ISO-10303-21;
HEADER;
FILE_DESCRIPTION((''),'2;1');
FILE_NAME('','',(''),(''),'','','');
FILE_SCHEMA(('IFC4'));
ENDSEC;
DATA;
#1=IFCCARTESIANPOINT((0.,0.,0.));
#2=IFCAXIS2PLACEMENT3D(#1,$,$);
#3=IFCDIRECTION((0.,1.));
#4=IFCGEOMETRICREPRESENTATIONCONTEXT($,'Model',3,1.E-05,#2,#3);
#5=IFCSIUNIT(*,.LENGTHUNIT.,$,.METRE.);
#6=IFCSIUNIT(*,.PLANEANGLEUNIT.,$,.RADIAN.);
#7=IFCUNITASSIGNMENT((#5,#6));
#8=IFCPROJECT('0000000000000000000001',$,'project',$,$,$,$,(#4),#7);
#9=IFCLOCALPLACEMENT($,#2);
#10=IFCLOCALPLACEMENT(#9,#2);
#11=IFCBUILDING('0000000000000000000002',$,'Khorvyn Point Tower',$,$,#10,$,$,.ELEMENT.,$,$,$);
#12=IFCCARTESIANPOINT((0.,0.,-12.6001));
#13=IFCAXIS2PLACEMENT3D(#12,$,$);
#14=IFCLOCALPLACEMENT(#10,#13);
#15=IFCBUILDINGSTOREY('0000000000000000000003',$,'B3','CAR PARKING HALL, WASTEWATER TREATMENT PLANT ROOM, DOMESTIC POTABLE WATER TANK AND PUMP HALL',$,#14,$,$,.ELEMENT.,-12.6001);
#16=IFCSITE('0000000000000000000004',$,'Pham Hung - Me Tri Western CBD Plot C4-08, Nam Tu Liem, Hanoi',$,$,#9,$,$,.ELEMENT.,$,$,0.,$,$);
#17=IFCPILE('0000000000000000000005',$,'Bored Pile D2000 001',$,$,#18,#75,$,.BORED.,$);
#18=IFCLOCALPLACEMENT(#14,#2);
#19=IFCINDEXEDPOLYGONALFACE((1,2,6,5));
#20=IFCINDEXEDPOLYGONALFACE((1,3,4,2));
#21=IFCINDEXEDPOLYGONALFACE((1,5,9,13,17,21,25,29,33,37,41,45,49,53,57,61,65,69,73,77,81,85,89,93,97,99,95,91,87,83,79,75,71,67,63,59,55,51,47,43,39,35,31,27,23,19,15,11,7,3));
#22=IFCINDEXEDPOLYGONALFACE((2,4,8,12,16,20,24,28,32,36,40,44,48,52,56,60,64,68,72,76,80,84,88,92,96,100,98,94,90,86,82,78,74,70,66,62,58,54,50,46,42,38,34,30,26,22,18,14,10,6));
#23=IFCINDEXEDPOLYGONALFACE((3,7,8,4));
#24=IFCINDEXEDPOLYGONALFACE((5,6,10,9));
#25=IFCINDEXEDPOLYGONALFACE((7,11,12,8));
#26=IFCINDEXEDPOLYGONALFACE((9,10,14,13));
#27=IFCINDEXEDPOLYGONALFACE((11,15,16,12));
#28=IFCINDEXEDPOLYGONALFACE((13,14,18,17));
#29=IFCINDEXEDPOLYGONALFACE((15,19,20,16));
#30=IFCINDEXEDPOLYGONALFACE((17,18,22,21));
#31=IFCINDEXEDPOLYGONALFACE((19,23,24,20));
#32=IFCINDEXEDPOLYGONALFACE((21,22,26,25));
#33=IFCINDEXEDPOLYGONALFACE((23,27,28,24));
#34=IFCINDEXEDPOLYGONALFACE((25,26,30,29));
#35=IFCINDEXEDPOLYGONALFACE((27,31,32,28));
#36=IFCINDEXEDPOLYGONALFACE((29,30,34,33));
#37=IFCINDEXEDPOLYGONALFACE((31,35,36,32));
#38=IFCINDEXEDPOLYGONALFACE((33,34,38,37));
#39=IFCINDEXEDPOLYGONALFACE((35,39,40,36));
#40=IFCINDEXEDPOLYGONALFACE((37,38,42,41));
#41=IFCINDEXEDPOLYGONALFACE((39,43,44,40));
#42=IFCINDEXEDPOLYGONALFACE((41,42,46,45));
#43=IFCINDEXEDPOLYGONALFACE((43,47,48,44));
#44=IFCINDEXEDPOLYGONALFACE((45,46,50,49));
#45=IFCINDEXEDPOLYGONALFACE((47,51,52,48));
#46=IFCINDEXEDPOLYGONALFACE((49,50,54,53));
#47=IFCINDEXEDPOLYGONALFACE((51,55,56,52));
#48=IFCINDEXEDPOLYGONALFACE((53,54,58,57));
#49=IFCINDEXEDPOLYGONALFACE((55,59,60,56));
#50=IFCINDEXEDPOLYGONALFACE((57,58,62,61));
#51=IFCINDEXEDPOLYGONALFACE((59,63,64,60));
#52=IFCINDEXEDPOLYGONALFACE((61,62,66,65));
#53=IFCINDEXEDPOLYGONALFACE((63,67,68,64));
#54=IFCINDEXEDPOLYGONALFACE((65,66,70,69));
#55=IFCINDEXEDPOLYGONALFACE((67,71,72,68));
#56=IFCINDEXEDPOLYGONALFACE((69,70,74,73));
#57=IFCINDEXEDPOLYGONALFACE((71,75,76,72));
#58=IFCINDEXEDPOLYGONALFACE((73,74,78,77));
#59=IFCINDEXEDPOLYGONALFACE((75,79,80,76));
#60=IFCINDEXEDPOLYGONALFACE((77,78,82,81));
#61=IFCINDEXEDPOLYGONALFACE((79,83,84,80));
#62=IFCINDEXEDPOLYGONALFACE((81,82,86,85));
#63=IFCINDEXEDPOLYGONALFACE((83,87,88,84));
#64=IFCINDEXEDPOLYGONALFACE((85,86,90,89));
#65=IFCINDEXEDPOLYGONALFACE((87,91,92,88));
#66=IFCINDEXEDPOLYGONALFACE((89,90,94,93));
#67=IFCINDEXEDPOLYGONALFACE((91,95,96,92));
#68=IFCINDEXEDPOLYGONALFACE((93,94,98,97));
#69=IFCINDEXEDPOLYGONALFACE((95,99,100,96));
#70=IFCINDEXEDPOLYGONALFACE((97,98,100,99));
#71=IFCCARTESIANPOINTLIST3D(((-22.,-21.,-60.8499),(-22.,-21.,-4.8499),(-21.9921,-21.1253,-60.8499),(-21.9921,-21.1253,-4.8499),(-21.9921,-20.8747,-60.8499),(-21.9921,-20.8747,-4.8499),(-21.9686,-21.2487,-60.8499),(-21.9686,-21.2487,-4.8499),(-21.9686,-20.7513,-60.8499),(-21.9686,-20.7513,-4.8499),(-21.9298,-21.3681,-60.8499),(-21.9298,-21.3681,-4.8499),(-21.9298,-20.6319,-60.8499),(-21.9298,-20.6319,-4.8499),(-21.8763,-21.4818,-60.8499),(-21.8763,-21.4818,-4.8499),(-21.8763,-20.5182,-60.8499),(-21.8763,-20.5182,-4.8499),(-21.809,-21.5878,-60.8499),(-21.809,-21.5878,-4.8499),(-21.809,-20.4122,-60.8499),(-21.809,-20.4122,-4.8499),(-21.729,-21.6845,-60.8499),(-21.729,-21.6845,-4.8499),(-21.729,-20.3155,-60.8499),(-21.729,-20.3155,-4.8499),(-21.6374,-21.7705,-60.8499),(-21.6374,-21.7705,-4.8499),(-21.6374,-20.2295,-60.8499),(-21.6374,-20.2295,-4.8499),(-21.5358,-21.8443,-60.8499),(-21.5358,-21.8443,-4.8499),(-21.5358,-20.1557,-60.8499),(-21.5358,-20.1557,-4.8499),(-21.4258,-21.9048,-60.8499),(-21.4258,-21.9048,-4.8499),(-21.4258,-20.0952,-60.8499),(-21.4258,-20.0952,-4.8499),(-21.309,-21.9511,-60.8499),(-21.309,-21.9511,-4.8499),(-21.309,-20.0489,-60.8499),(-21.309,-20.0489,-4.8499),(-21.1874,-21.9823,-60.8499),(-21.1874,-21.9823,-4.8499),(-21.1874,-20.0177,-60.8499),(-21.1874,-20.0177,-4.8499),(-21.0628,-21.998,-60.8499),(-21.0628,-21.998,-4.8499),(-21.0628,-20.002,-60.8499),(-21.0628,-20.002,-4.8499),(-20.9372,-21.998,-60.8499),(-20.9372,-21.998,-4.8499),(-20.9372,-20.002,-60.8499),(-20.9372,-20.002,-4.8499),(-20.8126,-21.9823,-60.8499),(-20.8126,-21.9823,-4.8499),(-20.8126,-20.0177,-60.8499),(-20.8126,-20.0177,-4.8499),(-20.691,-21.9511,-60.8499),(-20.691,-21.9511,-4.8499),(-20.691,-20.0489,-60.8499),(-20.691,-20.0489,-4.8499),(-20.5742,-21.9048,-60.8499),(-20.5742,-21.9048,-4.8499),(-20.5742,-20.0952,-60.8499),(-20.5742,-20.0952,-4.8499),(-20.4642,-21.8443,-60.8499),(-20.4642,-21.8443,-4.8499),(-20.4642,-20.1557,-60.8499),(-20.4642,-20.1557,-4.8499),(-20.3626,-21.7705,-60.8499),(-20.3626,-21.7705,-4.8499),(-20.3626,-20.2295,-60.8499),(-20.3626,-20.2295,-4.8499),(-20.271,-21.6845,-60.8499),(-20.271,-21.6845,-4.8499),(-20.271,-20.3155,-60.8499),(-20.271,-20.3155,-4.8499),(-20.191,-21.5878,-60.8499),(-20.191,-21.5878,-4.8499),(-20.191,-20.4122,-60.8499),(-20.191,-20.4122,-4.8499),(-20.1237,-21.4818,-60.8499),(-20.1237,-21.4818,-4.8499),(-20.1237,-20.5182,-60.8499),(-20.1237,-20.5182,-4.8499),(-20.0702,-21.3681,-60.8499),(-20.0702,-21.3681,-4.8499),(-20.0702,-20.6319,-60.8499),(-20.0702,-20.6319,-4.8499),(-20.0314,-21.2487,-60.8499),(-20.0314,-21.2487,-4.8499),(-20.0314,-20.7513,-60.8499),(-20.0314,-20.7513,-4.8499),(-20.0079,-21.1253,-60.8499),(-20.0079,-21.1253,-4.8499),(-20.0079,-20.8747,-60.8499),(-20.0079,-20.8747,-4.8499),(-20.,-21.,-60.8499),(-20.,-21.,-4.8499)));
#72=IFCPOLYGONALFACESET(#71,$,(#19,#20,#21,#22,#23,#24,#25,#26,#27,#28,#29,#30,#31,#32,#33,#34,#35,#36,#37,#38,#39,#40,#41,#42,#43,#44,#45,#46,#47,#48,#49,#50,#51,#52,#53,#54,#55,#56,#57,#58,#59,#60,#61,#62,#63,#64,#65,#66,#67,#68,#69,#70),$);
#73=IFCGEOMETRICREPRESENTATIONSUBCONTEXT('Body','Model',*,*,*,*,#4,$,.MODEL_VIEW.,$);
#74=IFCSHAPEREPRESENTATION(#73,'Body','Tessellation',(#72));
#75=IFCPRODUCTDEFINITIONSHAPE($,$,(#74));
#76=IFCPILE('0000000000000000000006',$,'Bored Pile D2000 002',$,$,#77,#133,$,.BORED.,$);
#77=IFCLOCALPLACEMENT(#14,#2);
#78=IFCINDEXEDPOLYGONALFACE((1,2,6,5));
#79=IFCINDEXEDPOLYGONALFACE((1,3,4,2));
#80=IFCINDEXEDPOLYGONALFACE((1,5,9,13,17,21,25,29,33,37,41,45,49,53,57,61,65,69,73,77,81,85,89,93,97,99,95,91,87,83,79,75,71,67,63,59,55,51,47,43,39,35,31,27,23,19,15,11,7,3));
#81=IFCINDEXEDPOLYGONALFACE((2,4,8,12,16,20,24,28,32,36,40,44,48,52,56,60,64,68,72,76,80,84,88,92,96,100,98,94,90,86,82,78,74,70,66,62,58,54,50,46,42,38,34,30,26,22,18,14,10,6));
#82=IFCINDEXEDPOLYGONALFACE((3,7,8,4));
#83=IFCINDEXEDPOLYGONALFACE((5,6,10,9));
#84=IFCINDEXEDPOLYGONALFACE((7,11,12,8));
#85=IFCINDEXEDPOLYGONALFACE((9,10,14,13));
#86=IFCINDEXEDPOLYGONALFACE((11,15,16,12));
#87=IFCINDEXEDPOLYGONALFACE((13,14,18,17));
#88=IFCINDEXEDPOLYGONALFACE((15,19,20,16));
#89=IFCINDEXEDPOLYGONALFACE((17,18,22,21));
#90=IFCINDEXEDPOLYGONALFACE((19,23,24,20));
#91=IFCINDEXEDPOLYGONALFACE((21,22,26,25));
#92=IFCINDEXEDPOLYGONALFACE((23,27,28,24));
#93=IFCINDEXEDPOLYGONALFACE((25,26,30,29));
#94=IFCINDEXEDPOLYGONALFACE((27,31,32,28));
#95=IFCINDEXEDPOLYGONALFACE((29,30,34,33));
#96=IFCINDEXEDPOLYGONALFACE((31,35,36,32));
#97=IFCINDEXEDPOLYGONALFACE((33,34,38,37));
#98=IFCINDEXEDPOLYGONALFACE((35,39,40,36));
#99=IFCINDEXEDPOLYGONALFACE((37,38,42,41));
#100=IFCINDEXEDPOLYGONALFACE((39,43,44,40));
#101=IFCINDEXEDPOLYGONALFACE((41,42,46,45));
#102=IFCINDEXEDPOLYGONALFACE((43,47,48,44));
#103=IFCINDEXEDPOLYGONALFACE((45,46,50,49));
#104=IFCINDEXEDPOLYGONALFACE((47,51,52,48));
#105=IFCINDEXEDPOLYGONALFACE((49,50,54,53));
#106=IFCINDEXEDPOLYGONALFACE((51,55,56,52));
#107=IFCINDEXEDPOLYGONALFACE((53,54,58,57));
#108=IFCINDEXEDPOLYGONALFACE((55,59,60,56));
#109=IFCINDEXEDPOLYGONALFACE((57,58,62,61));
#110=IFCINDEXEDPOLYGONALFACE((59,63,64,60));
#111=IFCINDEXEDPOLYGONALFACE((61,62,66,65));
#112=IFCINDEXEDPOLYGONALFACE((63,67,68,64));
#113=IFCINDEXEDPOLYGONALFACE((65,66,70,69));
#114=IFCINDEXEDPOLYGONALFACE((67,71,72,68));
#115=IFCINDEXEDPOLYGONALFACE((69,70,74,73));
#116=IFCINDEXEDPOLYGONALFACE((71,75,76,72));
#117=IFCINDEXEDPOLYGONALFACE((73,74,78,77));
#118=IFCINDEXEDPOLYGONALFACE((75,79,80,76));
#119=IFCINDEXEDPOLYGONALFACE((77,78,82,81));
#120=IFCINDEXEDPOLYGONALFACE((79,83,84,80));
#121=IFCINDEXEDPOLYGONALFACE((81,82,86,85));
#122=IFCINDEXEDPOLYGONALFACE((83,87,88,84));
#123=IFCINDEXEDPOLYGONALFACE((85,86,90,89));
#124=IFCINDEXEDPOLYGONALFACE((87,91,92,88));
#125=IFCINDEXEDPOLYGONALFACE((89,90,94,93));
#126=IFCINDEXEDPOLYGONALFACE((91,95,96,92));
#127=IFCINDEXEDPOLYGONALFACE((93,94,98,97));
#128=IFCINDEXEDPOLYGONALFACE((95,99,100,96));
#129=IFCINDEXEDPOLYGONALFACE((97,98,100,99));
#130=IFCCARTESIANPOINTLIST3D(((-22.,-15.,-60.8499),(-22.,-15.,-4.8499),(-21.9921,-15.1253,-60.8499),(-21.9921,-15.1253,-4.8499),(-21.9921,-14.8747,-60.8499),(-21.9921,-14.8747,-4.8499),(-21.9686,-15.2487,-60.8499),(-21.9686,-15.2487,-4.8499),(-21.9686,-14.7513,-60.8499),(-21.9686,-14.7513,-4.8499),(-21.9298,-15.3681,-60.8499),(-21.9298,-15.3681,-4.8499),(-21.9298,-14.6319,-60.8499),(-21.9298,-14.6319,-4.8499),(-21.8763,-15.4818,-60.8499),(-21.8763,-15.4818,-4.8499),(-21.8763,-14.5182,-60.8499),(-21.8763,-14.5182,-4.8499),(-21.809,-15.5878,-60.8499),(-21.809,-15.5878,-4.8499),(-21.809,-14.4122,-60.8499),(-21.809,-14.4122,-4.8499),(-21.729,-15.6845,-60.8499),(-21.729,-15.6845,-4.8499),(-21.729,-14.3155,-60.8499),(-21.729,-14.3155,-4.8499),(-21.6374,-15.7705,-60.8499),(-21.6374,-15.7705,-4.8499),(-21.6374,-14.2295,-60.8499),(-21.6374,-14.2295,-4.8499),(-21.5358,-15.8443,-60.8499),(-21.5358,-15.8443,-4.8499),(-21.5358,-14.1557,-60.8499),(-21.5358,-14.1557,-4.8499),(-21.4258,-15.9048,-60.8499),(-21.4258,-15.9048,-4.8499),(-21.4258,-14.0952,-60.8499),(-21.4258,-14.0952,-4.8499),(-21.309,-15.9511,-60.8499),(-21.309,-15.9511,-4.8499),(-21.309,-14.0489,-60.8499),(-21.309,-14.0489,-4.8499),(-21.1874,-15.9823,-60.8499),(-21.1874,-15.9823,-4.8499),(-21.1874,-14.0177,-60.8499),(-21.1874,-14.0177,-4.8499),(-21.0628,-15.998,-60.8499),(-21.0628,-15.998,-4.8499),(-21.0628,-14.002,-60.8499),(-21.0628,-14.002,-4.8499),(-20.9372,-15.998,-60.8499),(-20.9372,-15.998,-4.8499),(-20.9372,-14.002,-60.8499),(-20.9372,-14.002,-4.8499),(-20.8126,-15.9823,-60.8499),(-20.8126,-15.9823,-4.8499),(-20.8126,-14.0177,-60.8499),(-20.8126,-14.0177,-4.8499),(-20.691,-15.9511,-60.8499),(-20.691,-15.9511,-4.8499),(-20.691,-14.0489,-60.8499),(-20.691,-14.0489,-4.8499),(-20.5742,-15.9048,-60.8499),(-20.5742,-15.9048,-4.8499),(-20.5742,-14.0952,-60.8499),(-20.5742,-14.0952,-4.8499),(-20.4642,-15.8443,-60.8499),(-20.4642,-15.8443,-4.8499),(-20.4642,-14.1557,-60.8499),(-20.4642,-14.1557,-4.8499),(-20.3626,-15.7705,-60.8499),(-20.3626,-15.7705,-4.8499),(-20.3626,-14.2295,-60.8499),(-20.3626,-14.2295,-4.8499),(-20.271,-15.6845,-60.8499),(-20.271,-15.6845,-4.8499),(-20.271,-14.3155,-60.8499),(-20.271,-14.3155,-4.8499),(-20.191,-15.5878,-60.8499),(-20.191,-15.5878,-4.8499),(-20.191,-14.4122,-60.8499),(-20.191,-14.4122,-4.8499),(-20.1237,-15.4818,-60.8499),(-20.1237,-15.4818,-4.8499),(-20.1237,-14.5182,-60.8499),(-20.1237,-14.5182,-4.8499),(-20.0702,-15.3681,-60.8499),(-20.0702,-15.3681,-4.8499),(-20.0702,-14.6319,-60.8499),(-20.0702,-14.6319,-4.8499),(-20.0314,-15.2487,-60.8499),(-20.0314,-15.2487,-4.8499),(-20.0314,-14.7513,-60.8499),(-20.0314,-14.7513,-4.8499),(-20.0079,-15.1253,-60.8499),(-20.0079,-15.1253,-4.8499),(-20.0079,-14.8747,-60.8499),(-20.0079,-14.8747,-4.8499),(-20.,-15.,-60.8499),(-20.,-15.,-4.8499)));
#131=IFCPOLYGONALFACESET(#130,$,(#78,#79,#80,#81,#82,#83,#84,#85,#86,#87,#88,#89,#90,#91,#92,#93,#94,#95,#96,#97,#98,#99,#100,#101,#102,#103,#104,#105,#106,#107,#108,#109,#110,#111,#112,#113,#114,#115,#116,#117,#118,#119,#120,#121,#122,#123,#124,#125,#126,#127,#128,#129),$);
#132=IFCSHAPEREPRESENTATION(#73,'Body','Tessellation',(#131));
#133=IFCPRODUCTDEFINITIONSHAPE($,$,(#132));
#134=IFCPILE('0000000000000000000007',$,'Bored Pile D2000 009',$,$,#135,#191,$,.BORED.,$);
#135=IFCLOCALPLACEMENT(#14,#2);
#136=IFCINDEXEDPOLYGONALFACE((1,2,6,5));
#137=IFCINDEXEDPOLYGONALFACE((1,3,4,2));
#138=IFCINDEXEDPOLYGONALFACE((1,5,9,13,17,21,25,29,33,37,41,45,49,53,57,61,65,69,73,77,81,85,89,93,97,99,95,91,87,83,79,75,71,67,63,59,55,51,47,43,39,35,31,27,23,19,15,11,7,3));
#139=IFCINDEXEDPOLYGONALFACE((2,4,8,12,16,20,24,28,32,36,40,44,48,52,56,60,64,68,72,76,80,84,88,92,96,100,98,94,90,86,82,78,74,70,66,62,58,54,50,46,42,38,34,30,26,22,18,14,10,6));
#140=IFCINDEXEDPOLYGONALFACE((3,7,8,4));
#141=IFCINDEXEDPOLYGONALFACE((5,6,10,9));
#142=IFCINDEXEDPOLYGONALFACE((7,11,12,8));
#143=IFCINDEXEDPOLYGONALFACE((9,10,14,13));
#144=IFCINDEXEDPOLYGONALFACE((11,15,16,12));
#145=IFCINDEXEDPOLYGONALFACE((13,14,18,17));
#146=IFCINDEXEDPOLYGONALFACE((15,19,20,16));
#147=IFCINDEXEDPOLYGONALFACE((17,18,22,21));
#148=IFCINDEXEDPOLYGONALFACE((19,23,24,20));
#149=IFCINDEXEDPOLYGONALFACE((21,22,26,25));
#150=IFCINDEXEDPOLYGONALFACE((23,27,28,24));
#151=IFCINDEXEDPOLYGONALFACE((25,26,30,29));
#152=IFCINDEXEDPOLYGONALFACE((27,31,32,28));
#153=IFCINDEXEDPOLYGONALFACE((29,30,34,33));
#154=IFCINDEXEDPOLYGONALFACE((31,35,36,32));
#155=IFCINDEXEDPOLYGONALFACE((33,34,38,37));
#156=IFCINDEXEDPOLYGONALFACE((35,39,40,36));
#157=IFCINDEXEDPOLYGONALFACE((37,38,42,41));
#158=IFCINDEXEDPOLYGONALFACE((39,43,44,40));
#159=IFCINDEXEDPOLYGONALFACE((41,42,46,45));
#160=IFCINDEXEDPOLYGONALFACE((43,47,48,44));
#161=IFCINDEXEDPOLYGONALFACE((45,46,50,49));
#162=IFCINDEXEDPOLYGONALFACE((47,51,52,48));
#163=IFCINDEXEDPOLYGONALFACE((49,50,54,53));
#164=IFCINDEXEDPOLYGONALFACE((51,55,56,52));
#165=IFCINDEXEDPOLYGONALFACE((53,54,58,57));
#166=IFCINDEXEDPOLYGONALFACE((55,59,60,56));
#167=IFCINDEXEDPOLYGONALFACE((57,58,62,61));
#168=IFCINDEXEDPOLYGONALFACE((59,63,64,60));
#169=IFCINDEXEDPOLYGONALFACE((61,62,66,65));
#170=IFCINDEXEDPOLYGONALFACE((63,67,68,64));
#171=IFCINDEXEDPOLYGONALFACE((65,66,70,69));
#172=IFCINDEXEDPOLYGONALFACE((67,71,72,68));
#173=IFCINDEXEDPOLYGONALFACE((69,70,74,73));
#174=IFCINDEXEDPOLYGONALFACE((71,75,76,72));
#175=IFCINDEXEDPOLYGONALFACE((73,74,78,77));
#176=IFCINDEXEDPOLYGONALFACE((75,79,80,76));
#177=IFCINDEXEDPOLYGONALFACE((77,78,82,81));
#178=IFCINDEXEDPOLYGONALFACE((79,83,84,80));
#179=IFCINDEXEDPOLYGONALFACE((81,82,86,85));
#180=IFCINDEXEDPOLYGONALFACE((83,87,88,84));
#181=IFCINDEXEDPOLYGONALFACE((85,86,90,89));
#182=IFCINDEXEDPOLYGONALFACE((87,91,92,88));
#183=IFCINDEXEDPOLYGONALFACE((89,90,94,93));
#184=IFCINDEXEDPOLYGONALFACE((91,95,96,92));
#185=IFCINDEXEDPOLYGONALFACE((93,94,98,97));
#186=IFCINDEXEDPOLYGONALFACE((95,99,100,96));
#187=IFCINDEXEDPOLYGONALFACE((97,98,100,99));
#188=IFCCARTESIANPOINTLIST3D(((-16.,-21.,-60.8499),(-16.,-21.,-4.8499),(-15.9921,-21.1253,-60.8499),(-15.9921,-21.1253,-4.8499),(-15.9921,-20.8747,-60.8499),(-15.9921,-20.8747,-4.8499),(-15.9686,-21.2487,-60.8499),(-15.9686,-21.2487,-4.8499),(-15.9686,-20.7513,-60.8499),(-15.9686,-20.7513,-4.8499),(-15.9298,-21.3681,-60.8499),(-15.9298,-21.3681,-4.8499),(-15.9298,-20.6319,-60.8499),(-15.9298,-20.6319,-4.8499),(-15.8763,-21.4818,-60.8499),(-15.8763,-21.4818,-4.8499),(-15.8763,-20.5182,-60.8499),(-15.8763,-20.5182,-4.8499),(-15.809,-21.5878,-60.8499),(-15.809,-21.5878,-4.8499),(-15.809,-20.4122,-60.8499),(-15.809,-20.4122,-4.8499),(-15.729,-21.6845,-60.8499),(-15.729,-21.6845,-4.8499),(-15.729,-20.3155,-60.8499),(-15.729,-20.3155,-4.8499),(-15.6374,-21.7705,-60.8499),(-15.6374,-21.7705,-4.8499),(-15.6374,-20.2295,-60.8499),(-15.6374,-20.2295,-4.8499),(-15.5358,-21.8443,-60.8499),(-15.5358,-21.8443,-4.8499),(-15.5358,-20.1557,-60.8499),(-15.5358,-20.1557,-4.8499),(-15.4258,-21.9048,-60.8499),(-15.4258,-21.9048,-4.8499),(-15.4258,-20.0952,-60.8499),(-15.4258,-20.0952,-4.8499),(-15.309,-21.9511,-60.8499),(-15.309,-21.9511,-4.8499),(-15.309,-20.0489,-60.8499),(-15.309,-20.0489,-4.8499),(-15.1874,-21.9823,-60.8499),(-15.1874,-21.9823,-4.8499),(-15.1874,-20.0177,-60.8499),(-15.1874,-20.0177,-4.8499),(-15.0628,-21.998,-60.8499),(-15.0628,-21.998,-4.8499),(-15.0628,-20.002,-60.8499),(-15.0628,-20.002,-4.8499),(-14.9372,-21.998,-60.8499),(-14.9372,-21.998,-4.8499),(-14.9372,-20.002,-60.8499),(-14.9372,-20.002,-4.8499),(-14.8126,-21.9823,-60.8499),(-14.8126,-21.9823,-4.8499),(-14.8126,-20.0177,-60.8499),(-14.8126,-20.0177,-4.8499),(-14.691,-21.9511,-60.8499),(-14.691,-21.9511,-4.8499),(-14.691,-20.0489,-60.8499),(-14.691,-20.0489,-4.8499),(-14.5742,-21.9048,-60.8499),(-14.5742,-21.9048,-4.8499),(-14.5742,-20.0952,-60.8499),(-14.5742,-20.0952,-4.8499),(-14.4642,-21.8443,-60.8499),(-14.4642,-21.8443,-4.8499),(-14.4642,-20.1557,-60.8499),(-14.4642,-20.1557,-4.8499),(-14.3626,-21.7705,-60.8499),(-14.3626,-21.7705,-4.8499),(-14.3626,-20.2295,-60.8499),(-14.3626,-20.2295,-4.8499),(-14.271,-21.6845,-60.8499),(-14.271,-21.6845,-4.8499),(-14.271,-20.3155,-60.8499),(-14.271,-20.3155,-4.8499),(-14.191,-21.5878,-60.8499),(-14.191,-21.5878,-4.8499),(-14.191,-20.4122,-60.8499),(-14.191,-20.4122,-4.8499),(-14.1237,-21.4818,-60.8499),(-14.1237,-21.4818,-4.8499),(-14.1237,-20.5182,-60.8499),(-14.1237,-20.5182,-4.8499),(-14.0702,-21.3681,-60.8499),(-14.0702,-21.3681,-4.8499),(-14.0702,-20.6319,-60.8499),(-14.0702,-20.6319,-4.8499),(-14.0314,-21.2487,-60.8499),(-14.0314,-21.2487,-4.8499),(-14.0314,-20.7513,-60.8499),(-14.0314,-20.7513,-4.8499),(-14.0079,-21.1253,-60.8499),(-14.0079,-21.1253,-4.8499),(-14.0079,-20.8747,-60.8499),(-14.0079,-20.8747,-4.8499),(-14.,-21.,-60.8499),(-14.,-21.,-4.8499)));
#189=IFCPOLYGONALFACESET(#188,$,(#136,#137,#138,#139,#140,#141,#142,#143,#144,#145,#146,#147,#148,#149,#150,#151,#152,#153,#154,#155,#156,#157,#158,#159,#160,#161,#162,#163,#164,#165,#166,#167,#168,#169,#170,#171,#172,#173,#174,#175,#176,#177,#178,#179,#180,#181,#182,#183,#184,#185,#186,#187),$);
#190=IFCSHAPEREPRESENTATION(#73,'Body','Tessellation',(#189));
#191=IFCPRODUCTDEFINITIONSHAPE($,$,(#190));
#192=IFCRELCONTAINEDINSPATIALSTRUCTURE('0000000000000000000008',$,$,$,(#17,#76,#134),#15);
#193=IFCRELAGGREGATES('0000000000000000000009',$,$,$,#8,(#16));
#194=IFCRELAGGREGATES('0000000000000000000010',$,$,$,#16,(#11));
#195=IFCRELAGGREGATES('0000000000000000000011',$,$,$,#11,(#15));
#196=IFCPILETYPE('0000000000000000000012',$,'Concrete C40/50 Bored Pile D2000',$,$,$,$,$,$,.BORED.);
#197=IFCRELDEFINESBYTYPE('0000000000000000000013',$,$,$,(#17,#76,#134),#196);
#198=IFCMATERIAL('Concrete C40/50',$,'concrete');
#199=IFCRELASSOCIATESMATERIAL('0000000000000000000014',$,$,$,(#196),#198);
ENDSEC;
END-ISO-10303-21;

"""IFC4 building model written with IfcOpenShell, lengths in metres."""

from ifc_helpers import new_model, si_unit, direction, frame, origin, origin_2d, place, context, subcontext, project, spatial, circle, extrude, material, material_profile, profile_set, type_object, element, save


model = new_model("IFC4")

# Units and contexts
model_context = context("Model", 3, precision=1e-05, world=origin(), true_north=direction((0.0, 1.0)))
body_context = subcontext(model_context, "Body", "Model", "MODEL_VIEW")
ifc_project = project(units=[si_unit("LENGTHUNIT", "METRE"), si_unit("PLANEANGLEUNIT", "RADIAN")], contexts=[model_context])

# Site, building, storey
site_placement = place(None, origin())
site = spatial("IfcSite", under=ifc_project, at=site_placement, Name="Pham Hung - Me Tri Western CBD Plot C4-08, Nam Tu Liem, Hanoi", CompositionType="ELEMENT", RefElevation=0.0)
building_placement = place(site_placement, origin())
building = spatial("IfcBuilding", under=site, at=building_placement, Name="Khorvyn Point Tower", CompositionType="ELEMENT")
storey_placement = place(building_placement, frame((0.0, 0.0, -12.6001)))
storey = spatial("IfcBuildingStorey", under=building, at=storey_placement, Name="B3", Description="CAR PARKING HALL, WASTEWATER TREATMENT PLANT ROOM, DOMESTIC POTABLE WATER TANK AND PUMP HALL", CompositionType="ELEMENT", Elevation=-12.6001)

# Piles
ifc_material_1 = material(Name="Concrete C40/50", Category="concrete")
ifc_material_profile_1 = material_profile(ifc_material_1, circle(Radius=1.0, at=origin_2d()))
ifc_profile_set_1 = profile_set([ifc_material_profile_1], Name="Concrete C40/50 PILE-D2000")
pile_type_1 = type_object("IfcPileType", Name="Concrete C40/50 Bored Pile D2000", PredefinedType="BORED", material=ifc_profile_set_1)
for number, where, z_axis, x_axis, name in (
    (1, (-21.0, -21.0, -4.8499), (0.0, 0.0, -1.0), (1.0, 0.0, 0.0), "Bored Pile D2000 001"),
    (2, (-21.0, -15.0, -4.8499), (0.0, 0.0, -1.0), (1.0, 0.0, 0.0), "Bored Pile D2000 002"),
    (3, (-15.0, -21.0, -4.8499), (0.0, 0.0, -1.0), (1.0, 0.0, 0.0), "Bored Pile D2000 009"),
):
    element("IfcPile", number, at=place(storey_placement, frame(where, z_axis=z_axis, x_axis=x_axis)), inside=storey, type_object=pile_type_1, Name=name, PredefinedType="BORED", context=body_context, shape_type="SweptSolid", body=[
        extrude(circle(Radius=1.0, at=origin_2d()), origin(), (0.0, 0.0, 1.0), 56.0),
    ])

save(model, "model.ifc")
